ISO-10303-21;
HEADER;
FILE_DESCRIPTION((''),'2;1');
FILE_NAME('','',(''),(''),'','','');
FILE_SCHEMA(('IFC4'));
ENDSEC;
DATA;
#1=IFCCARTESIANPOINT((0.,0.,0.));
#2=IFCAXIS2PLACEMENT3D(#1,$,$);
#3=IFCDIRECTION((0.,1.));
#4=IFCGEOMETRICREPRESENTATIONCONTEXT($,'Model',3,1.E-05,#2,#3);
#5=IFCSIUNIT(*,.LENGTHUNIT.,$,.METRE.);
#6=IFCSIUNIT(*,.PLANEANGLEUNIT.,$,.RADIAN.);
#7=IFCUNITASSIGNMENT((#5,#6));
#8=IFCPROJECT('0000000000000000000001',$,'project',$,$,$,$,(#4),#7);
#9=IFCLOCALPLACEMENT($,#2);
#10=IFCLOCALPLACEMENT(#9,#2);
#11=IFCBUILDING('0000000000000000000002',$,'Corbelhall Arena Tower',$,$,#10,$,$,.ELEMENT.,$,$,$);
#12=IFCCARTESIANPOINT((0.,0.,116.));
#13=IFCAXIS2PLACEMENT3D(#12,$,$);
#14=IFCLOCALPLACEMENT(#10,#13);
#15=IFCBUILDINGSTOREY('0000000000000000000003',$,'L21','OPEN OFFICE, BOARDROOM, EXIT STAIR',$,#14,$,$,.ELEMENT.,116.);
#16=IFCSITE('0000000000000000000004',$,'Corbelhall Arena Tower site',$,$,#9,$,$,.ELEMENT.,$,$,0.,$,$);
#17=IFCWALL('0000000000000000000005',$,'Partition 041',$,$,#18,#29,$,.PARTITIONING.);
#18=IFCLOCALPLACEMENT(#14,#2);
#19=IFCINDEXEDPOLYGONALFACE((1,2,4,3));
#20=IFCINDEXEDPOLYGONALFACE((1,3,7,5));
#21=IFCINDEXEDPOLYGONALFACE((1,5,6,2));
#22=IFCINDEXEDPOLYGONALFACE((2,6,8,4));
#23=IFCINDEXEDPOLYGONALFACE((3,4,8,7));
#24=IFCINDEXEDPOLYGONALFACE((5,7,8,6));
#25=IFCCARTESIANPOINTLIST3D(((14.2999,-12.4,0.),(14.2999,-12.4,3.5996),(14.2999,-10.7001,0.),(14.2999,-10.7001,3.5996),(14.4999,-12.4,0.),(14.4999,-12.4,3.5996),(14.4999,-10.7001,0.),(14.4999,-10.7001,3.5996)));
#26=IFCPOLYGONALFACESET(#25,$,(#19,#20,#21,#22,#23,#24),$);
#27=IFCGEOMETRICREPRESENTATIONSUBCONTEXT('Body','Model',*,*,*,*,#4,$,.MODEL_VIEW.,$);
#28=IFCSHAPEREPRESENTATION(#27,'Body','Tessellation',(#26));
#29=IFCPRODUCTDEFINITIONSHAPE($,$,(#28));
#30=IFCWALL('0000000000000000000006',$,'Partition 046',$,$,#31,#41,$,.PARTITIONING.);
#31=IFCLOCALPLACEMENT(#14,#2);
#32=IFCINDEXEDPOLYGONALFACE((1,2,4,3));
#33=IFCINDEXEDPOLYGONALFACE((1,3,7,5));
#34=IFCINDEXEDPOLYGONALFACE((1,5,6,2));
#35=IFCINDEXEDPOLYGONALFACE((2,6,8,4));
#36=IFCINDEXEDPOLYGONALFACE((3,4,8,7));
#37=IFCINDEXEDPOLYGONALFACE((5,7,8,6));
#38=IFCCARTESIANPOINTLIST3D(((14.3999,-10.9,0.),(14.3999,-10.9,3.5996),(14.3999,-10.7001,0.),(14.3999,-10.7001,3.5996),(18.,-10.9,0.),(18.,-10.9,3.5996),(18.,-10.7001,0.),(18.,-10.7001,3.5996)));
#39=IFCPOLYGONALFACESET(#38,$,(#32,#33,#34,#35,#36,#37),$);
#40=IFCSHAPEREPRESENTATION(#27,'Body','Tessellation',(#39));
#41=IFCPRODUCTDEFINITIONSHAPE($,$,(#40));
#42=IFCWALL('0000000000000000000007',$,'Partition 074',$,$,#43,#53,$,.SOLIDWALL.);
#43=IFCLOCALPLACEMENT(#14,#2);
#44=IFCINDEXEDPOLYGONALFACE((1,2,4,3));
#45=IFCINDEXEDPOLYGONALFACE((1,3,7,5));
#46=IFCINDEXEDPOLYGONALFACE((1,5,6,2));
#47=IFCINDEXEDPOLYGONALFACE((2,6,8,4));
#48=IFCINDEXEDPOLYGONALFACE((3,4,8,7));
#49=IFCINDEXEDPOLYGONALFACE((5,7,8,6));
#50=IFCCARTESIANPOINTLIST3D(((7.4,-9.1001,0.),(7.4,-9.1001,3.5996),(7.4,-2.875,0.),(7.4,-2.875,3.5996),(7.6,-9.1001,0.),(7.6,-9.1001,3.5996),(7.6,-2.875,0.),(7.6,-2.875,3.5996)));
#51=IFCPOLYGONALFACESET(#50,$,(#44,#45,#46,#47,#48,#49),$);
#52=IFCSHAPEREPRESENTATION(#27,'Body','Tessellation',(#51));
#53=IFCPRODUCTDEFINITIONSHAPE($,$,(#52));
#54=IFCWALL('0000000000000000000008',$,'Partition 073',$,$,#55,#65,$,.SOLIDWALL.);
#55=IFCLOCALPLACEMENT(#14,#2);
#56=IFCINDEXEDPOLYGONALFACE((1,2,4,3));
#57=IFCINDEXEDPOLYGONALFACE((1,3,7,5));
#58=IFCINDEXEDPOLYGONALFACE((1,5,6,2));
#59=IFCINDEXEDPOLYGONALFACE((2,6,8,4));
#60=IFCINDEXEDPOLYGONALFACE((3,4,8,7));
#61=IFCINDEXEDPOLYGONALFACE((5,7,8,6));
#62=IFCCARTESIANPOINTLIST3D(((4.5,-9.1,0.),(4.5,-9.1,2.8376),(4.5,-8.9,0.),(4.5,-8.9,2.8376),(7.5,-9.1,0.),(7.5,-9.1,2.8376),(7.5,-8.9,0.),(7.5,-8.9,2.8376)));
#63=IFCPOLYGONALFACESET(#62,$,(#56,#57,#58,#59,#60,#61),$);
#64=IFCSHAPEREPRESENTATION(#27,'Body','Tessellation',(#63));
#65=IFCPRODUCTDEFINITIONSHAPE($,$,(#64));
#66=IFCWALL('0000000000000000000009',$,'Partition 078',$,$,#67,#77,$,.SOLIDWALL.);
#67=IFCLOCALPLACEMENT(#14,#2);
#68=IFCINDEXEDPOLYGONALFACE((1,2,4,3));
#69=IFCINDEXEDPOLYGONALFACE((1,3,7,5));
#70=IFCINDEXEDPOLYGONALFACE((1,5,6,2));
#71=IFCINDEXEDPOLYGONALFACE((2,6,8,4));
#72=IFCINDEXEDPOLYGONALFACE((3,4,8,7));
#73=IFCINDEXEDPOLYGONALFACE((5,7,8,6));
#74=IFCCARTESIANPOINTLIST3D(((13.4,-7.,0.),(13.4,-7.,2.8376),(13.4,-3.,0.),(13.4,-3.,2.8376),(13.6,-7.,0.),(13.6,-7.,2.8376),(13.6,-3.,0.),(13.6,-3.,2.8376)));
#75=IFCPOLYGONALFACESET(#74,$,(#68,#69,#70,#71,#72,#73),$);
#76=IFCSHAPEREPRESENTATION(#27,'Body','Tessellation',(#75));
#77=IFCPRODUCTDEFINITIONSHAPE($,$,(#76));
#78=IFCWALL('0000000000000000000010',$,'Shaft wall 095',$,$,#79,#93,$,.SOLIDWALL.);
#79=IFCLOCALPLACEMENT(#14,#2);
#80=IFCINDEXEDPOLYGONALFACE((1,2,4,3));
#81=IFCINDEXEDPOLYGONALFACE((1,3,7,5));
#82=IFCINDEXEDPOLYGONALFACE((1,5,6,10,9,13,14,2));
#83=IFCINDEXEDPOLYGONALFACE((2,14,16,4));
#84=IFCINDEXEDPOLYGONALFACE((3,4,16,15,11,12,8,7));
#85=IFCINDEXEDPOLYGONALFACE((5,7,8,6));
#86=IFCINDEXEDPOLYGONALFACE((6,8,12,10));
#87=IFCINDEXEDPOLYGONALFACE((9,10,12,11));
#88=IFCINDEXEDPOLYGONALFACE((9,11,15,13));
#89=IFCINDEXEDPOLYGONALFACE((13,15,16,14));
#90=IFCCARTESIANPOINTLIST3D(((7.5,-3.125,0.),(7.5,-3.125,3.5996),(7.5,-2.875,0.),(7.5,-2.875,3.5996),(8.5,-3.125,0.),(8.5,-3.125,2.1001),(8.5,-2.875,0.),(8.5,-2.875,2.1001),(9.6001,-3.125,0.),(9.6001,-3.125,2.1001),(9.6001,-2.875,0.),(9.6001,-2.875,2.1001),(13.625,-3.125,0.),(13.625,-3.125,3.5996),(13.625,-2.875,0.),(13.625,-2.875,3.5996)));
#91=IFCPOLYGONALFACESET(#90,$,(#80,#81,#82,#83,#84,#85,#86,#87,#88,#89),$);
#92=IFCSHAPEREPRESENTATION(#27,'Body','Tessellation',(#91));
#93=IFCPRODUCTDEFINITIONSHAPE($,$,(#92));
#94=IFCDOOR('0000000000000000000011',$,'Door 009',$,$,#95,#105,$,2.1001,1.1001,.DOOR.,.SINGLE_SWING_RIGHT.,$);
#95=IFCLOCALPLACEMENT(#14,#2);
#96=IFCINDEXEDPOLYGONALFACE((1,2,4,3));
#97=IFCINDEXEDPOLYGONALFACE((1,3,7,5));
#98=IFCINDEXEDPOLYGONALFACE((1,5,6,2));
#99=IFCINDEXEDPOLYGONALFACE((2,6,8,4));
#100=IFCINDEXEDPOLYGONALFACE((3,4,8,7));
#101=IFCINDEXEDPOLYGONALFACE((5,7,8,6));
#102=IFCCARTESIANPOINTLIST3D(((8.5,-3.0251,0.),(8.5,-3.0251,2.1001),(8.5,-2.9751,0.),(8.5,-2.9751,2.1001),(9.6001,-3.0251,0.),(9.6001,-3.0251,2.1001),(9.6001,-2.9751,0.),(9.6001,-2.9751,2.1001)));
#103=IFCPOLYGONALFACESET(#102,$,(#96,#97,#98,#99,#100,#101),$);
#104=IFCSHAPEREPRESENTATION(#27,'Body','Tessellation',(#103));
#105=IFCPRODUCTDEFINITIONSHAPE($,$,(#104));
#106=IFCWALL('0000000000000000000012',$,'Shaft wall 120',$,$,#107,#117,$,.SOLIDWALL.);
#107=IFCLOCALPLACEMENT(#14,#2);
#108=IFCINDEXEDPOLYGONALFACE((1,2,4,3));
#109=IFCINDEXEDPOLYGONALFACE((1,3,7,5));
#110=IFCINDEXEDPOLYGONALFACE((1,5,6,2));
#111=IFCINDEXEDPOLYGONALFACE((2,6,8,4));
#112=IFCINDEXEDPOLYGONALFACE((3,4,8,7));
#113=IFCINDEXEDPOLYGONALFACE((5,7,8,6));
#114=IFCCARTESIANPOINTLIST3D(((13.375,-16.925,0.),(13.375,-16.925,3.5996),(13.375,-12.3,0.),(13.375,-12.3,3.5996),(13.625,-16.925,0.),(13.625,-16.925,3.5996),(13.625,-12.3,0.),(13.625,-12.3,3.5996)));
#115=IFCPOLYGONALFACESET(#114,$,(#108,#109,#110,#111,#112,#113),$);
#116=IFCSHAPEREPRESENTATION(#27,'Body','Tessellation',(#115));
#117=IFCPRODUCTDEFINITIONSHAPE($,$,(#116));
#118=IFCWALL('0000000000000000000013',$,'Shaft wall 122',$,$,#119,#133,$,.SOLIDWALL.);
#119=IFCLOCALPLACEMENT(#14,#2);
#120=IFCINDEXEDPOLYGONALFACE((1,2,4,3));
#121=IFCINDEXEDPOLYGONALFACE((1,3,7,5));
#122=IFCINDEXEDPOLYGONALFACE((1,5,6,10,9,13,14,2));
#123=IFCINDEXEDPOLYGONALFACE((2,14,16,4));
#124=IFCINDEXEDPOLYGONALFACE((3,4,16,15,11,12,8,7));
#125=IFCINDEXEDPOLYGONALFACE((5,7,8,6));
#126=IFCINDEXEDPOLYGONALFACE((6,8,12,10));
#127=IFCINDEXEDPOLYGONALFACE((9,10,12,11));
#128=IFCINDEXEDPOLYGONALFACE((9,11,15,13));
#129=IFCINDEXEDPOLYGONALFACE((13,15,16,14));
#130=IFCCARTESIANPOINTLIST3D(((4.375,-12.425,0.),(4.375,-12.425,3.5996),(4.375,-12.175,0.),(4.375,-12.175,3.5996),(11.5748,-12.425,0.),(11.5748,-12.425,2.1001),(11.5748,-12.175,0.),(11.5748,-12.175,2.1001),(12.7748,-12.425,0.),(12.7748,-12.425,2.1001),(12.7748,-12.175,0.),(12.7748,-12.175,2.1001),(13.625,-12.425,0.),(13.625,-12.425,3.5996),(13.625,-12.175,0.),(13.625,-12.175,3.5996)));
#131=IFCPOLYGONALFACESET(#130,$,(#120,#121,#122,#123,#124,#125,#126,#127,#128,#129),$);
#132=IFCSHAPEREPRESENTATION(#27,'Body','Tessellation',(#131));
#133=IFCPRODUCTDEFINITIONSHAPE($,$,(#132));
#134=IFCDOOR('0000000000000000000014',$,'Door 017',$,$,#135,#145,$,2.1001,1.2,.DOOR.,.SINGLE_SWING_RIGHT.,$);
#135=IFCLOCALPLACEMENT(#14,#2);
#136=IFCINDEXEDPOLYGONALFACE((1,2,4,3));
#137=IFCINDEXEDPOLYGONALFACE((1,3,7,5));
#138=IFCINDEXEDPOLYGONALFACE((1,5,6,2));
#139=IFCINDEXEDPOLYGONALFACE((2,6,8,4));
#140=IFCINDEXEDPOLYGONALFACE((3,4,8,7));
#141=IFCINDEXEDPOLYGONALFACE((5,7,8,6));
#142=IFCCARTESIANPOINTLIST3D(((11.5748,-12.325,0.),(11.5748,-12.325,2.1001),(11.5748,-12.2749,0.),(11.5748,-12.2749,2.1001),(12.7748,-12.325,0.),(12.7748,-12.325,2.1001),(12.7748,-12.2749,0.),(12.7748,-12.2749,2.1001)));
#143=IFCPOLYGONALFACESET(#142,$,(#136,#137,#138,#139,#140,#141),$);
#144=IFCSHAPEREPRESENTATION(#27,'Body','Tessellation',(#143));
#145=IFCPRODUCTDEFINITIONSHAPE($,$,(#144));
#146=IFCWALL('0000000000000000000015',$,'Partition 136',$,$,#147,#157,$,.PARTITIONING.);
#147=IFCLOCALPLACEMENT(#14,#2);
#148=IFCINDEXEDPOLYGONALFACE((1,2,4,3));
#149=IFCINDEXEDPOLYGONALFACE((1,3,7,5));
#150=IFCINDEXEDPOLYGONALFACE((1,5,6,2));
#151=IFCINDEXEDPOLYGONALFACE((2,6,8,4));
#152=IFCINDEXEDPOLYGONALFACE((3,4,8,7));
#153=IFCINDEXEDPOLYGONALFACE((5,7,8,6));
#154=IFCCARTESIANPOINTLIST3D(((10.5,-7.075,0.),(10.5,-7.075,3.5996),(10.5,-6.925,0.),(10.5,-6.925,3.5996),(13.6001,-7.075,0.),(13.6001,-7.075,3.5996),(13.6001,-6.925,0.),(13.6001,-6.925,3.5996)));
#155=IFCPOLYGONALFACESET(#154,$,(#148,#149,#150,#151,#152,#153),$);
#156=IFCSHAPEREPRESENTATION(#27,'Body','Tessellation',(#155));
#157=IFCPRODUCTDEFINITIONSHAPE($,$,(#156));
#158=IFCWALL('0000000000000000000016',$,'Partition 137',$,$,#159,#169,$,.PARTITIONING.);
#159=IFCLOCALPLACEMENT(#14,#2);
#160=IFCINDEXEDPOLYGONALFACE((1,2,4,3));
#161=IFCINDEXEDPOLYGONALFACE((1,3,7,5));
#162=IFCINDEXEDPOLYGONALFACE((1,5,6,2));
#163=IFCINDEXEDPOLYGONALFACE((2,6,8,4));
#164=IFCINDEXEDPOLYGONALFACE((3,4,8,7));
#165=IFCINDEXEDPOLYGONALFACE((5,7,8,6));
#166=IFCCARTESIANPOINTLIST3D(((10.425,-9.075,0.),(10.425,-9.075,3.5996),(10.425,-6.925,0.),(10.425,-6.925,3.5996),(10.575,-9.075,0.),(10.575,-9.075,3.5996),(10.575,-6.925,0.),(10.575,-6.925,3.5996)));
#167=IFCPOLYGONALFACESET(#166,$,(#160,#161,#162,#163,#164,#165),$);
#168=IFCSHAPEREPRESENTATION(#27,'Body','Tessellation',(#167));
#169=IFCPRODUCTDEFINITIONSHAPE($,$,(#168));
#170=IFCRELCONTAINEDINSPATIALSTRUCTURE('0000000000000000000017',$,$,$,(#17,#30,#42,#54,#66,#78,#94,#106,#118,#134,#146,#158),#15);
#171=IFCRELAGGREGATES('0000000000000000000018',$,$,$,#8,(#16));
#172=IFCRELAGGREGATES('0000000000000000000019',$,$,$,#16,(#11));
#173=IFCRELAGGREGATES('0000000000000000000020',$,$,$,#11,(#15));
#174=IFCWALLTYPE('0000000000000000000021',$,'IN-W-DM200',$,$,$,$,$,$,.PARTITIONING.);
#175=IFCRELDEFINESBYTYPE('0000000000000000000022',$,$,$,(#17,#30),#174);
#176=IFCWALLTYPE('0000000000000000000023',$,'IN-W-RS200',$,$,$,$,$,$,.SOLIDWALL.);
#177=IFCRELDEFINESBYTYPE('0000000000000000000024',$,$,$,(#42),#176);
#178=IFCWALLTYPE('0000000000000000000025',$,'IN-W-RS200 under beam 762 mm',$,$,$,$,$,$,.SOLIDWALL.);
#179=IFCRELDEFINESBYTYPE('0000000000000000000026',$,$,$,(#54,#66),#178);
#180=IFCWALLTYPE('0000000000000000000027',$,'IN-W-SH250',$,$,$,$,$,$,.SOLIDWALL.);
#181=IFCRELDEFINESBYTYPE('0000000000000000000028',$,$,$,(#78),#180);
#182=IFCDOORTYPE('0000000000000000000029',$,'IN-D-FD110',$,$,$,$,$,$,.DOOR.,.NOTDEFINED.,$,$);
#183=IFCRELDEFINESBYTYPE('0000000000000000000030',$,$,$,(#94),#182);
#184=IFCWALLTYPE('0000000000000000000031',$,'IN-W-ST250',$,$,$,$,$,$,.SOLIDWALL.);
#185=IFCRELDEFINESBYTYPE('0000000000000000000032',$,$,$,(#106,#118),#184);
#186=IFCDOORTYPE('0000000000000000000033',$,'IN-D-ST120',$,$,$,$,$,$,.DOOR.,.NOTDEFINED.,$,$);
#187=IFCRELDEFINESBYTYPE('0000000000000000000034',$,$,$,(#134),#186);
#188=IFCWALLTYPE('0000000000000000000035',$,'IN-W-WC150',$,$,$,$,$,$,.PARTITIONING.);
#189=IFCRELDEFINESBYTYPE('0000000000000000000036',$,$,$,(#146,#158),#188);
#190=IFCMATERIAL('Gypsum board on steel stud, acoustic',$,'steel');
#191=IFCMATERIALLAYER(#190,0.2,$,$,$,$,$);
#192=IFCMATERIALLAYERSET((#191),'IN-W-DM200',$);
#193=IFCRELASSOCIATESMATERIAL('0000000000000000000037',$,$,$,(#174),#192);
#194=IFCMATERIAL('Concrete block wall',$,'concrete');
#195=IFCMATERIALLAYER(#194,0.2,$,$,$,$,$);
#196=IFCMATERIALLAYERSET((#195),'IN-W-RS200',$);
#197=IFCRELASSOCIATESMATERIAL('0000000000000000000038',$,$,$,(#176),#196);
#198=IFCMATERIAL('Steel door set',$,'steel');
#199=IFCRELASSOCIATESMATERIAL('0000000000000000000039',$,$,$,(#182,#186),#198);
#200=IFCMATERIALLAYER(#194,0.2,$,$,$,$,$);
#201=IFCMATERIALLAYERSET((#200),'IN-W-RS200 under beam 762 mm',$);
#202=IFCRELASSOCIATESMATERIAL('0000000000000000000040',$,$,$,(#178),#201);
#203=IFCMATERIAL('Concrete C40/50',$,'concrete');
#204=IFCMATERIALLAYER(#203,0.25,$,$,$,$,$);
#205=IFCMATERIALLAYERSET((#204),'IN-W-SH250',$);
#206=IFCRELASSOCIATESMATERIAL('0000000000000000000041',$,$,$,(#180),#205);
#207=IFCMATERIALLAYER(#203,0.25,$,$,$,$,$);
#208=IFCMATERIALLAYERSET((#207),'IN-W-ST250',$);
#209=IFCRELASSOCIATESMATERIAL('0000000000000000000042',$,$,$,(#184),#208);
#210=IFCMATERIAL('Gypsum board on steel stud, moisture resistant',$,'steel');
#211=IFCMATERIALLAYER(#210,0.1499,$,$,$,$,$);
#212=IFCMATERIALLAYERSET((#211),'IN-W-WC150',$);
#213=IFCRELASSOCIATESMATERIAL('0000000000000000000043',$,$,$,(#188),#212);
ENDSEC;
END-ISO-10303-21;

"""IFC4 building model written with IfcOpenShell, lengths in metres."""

from ifc_helpers import new_model, si_unit, direction, frame, frame_2d, origin, place, context, subcontext, project, spatial, rectangle, extrude, material, layer, layer_set, type_object, element, fill, save


model = new_model("IFC4")

# Units and contexts
model_context = context("Model", 3, precision=1e-05, world=origin(), true_north=direction((0.0, 1.0)))
body_context = subcontext(model_context, "Body", "Model", "MODEL_VIEW")
ifc_project = project(units=[si_unit("LENGTHUNIT", "METRE"), si_unit("PLANEANGLEUNIT", "RADIAN")], contexts=[model_context])

# Site, building, storey
site_placement = place(None, origin())
site = spatial("IfcSite", under=ifc_project, at=site_placement, Name="Corbelhall Arena Tower site", CompositionType="ELEMENT", RefElevation=0.0)
building_placement = place(site_placement, origin())
building = spatial("IfcBuilding", under=site, at=building_placement, Name="Corbelhall Arena Tower", CompositionType="ELEMENT")
storey_placement = place(building_placement, frame((0.0, 0.0, 116.0)))
storey = spatial("IfcBuildingStorey", under=building, at=storey_placement, Name="L21", Description="OPEN OFFICE, BOARDROOM, EXIT STAIR", CompositionType="ELEMENT", Elevation=116.0)

# Shared definitions
ifc_material_1 = material(Name="Concrete C40/50", Category="concrete")

# Walls
ifc_material_2 = material(Name="Gypsum board on steel stud, acoustic", Category="steel")
ifc_layer_1 = layer(ifc_material_2, 0.2)
ifc_layer_set_1 = layer_set([ifc_layer_1], Name="IN-W-DM200")
wall_type_1 = type_object("IfcWallType", Name="IN-W-DM200", PredefinedType="PARTITIONING", material=ifc_layer_set_1)
wall_1_placement = place(storey_placement, frame((14.3999, -10.7, 0.0), z_axis=(0.0, 0.0, 1.0), x_axis=(0.0, -1.0, 0.0)))
element("IfcWall", 1, at=wall_1_placement, inside=storey, type_object=wall_type_1, Name="Partition 041", PredefinedType="PARTITIONING", context=body_context, shape_type="SweptSolid", body=[
    extrude(rectangle(XDim=1.7, YDim=0.2, at=frame_2d((0.8501, 0.0))), origin(), (0.0, 0.0, 1.0), 3.5996),
])
wall_2_placement = place(storey_placement, frame((18.0, -10.8, 0.0), z_axis=(0.0, 0.0, 1.0), x_axis=(-1.0, 0.0, 0.0)))
element("IfcWall", 2, at=wall_2_placement, inside=storey, type_object=wall_type_1, Name="Partition 046", PredefinedType="PARTITIONING", context=body_context, shape_type="SweptSolid", body=[
    extrude(rectangle(XDim=3.6001, YDim=0.2, at=frame_2d((1.8, 0.0))), origin(), (0.0, 0.0, 1.0), 3.5996),
])
ifc_material_3 = material(Name="Concrete block wall", Category="concrete")
ifc_layer_2 = layer(ifc_material_3, 0.2)
ifc_layer_set_2 = layer_set([ifc_layer_2], Name="IN-W-RS200")
wall_type_2 = type_object("IfcWallType", Name="IN-W-RS200", PredefinedType="SOLIDWALL", material=ifc_layer_set_2)
wall_3_placement = place(storey_placement, frame((7.5, -2.875, 0.0), z_axis=(0.0, 0.0, 1.0), x_axis=(0.0, -1.0, 0.0)))
element("IfcWall", 3, at=wall_3_placement, inside=storey, type_object=wall_type_2, Name="Partition 074", PredefinedType="SOLIDWALL", context=body_context, shape_type="SweptSolid", body=[
    extrude(rectangle(XDim=6.2251, YDim=0.2, at=frame_2d((3.1125, 0.0))), origin(), (0.0, 0.0, 1.0), 3.5996),
])

# Shared definitions
ifc_material_4 = material(Name="Steel door set", Category="steel")
door_type_1 = type_object("IfcDoorType", Name="IN-D-FD110", OperationType="NOTDEFINED", PredefinedType="DOOR", material=ifc_material_4)
ifc_layer_3 = layer(ifc_material_3, 0.2)
ifc_layer_set_3 = layer_set([ifc_layer_3], Name="IN-W-RS200 under beam 762 mm")
wall_type_3 = type_object("IfcWallType", Name="IN-W-RS200 under beam 762 mm", PredefinedType="SOLIDWALL", material=ifc_layer_set_3)

# Walls
wall_4_placement = place(storey_placement, frame((7.5, -9.0, 0.0), z_axis=(0.0, 0.0, 1.0), x_axis=(-1.0, 0.0, 0.0)))
element("IfcWall", 4, at=wall_4_placement, inside=storey, type_object=wall_type_3, Name="Partition 073", PredefinedType="SOLIDWALL", context=body_context, shape_type="SweptSolid", body=[
    extrude(rectangle(XDim=3.0, YDim=0.2, at=frame_2d((1.5, 0.0))), origin(), (0.0, 0.0, 1.0), 2.8376),
])
wall_5_placement = place(storey_placement, frame((13.5, -3.0, 0.0), z_axis=(0.0, 0.0, 1.0), x_axis=(0.0, -1.0, 0.0)))
element("IfcWall", 5, at=wall_5_placement, inside=storey, type_object=wall_type_3, Name="Partition 078", PredefinedType="SOLIDWALL", context=body_context, shape_type="SweptSolid", body=[
    extrude(rectangle(XDim=4.0, YDim=0.2, at=frame_2d((2.0, 0.0))), origin(), (0.0, 0.0, 1.0), 2.8376),
])

# Wall, opening, door
ifc_layer_4 = layer(ifc_material_1, 0.25)
ifc_layer_set_4 = layer_set([ifc_layer_4], Name="IN-W-SH250")
wall_type_4 = type_object("IfcWallType", Name="IN-W-SH250", PredefinedType="SOLIDWALL", material=ifc_layer_set_4)
wall_6_placement = place(storey_placement, frame((7.5, -3.0, 0.0), z_axis=(0.0, 0.0, 1.0), x_axis=(1.0, 0.0, 0.0)))
wall_6 = element("IfcWall", 6, at=wall_6_placement, inside=storey, type_object=wall_type_4, Name="Shaft wall 095", PredefinedType="SOLIDWALL", context=body_context, shape_type="SweptSolid", body=[
    extrude(rectangle(XDim=6.125, YDim=0.25, at=frame_2d((3.0625, 0.0))), origin(), (0.0, 0.0, 1.0), 3.5996),
])
opening_1_placement = place(wall_6_placement, frame((1.0, 0.0, 0.0)))
opening_1 = element("IfcOpeningElement", 7, at=opening_1_placement, cuts=wall_6, PredefinedType="OPENING", context=body_context, shape_type="SweptSolid", body=[
    extrude(rectangle(XDim=1.1001, YDim=2.1001, at=frame_2d((0.55, 1.05))), frame((0.0, 0.125, 0.0), z_axis=(0.0, -1.0, 0.0), x_axis=(1.0, 0.0, 0.0)), (0.0, 0.0, 1.0), 0.25),
])
door_1_placement = place(opening_1_placement, origin())
door_1 = element("IfcDoor", 8, at=door_1_placement, inside=storey, type_object=door_type_1, Name="Door 009", OperationType="SINGLE_SWING_RIGHT", OverallHeight=2.1001, OverallWidth=1.1001, PredefinedType="DOOR", context=body_context, shape_type="SweptSolid", body=[
    extrude(rectangle(XDim=1.1001, YDim=2.1001, at=frame_2d((0.55, 1.05))), frame((0.0, 0.0249, 0.0), z_axis=(0.0, -1.0, 0.0), x_axis=(1.0, 0.0, 0.0)), (0.0, 0.0, 1.0), 0.05),
])
fill(opening_1, door_1)

# Wall
ifc_layer_5 = layer(ifc_material_1, 0.25)
ifc_layer_set_5 = layer_set([ifc_layer_5], Name="IN-W-ST250")
wall_type_5 = type_object("IfcWallType", Name="IN-W-ST250", PredefinedType="SOLIDWALL", material=ifc_layer_set_5)
wall_7_placement = place(storey_placement, frame((13.5, -12.3, 0.0), z_axis=(0.0, 0.0, 1.0), x_axis=(0.0, -1.0, 0.0)))
element("IfcWall", 9, at=wall_7_placement, inside=storey, type_object=wall_type_5, Name="Shaft wall 120", PredefinedType="SOLIDWALL", context=body_context, shape_type="SweptSolid", body=[
    extrude(rectangle(XDim=4.625, YDim=0.25, at=frame_2d((2.3125, 0.0))), origin(), (0.0, 0.0, 1.0), 3.5996),
])

# Wall, opening, door
wall_8_placement = place(storey_placement, frame((13.625, -12.3, 0.0), z_axis=(0.0, 0.0, 1.0), x_axis=(-1.0, 0.0, 0.0)))
wall_8 = element("IfcWall", 10, at=wall_8_placement, inside=storey, type_object=wall_type_5, Name="Shaft wall 122", PredefinedType="SOLIDWALL", context=body_context, shape_type="SweptSolid", body=[
    extrude(rectangle(XDim=9.25, YDim=0.25, at=frame_2d((4.625, 0.0))), origin(), (0.0, 0.0, 1.0), 3.5996),
])
opening_2_placement = place(wall_8_placement, frame((0.8501, 0.0, 0.0)))
opening_2 = element("IfcOpeningElement", 11, at=opening_2_placement, cuts=wall_8, PredefinedType="OPENING", context=body_context, shape_type="SweptSolid", body=[
    extrude(rectangle(XDim=1.2, YDim=2.1001, at=frame_2d((0.6001, 1.05))), frame((0.0, 0.125, 0.0), z_axis=(0.0, -1.0, 0.0), x_axis=(1.0, 0.0, 0.0)), (0.0, 0.0, 1.0), 0.25),
])
door_type_2 = type_object("IfcDoorType", Name="IN-D-ST120", OperationType="NOTDEFINED", PredefinedType="DOOR", material=ifc_material_4)
door_2_placement = place(opening_2_placement, origin())
door_2 = element("IfcDoor", 12, at=door_2_placement, inside=storey, type_object=door_type_2, Name="Door 017", OperationType="SINGLE_SWING_RIGHT", OverallHeight=2.1001, OverallWidth=1.2, PredefinedType="DOOR", context=body_context, shape_type="SweptSolid", body=[
    extrude(rectangle(XDim=1.2, YDim=2.1001, at=frame_2d((0.6001, 1.05))), frame((0.0, 0.0249, 0.0), z_axis=(0.0, -1.0, 0.0), x_axis=(1.0, 0.0, 0.0)), (0.0, 0.0, 1.0), 0.05),
])
fill(opening_2, door_2)

# Walls
ifc_material_5 = material(Name="Gypsum board on steel stud, moisture resistant", Category="steel")
ifc_layer_6 = layer(ifc_material_5, 0.1499)
ifc_layer_set_6 = layer_set([ifc_layer_6], Name="IN-W-WC150")
wall_type_6 = type_object("IfcWallType", Name="IN-W-WC150", PredefinedType="PARTITIONING", material=ifc_layer_set_6)
wall_9_placement = place(storey_placement, frame((10.5, -7.0, 0.0), z_axis=(0.0, 0.0, 1.0), x_axis=(1.0, 0.0, 0.0)))
element("IfcWall", 13, at=wall_9_placement, inside=storey, type_object=wall_type_6, Name="Partition 136", PredefinedType="PARTITIONING", context=body_context, shape_type="SweptSolid", body=[
    extrude(rectangle(XDim=3.1001, YDim=0.1499, at=frame_2d((1.55, 0.0))), origin(), (0.0, 0.0, 1.0), 3.5996),
])
wall_10_placement = place(storey_placement, frame((10.5, -6.925, 0.0), z_axis=(0.0, 0.0, 1.0), x_axis=(0.0, -1.0, 0.0)))
element("IfcWall", 14, at=wall_10_placement, inside=storey, type_object=wall_type_6, Name="Partition 137", PredefinedType="PARTITIONING", context=body_context, shape_type="SweptSolid", body=[
    extrude(rectangle(XDim=2.1499, YDim=0.1499, at=frame_2d((1.075, 0.0))), origin(), (0.0, 0.0, 1.0), 3.5996),
])

save(model, "model.ifc")
